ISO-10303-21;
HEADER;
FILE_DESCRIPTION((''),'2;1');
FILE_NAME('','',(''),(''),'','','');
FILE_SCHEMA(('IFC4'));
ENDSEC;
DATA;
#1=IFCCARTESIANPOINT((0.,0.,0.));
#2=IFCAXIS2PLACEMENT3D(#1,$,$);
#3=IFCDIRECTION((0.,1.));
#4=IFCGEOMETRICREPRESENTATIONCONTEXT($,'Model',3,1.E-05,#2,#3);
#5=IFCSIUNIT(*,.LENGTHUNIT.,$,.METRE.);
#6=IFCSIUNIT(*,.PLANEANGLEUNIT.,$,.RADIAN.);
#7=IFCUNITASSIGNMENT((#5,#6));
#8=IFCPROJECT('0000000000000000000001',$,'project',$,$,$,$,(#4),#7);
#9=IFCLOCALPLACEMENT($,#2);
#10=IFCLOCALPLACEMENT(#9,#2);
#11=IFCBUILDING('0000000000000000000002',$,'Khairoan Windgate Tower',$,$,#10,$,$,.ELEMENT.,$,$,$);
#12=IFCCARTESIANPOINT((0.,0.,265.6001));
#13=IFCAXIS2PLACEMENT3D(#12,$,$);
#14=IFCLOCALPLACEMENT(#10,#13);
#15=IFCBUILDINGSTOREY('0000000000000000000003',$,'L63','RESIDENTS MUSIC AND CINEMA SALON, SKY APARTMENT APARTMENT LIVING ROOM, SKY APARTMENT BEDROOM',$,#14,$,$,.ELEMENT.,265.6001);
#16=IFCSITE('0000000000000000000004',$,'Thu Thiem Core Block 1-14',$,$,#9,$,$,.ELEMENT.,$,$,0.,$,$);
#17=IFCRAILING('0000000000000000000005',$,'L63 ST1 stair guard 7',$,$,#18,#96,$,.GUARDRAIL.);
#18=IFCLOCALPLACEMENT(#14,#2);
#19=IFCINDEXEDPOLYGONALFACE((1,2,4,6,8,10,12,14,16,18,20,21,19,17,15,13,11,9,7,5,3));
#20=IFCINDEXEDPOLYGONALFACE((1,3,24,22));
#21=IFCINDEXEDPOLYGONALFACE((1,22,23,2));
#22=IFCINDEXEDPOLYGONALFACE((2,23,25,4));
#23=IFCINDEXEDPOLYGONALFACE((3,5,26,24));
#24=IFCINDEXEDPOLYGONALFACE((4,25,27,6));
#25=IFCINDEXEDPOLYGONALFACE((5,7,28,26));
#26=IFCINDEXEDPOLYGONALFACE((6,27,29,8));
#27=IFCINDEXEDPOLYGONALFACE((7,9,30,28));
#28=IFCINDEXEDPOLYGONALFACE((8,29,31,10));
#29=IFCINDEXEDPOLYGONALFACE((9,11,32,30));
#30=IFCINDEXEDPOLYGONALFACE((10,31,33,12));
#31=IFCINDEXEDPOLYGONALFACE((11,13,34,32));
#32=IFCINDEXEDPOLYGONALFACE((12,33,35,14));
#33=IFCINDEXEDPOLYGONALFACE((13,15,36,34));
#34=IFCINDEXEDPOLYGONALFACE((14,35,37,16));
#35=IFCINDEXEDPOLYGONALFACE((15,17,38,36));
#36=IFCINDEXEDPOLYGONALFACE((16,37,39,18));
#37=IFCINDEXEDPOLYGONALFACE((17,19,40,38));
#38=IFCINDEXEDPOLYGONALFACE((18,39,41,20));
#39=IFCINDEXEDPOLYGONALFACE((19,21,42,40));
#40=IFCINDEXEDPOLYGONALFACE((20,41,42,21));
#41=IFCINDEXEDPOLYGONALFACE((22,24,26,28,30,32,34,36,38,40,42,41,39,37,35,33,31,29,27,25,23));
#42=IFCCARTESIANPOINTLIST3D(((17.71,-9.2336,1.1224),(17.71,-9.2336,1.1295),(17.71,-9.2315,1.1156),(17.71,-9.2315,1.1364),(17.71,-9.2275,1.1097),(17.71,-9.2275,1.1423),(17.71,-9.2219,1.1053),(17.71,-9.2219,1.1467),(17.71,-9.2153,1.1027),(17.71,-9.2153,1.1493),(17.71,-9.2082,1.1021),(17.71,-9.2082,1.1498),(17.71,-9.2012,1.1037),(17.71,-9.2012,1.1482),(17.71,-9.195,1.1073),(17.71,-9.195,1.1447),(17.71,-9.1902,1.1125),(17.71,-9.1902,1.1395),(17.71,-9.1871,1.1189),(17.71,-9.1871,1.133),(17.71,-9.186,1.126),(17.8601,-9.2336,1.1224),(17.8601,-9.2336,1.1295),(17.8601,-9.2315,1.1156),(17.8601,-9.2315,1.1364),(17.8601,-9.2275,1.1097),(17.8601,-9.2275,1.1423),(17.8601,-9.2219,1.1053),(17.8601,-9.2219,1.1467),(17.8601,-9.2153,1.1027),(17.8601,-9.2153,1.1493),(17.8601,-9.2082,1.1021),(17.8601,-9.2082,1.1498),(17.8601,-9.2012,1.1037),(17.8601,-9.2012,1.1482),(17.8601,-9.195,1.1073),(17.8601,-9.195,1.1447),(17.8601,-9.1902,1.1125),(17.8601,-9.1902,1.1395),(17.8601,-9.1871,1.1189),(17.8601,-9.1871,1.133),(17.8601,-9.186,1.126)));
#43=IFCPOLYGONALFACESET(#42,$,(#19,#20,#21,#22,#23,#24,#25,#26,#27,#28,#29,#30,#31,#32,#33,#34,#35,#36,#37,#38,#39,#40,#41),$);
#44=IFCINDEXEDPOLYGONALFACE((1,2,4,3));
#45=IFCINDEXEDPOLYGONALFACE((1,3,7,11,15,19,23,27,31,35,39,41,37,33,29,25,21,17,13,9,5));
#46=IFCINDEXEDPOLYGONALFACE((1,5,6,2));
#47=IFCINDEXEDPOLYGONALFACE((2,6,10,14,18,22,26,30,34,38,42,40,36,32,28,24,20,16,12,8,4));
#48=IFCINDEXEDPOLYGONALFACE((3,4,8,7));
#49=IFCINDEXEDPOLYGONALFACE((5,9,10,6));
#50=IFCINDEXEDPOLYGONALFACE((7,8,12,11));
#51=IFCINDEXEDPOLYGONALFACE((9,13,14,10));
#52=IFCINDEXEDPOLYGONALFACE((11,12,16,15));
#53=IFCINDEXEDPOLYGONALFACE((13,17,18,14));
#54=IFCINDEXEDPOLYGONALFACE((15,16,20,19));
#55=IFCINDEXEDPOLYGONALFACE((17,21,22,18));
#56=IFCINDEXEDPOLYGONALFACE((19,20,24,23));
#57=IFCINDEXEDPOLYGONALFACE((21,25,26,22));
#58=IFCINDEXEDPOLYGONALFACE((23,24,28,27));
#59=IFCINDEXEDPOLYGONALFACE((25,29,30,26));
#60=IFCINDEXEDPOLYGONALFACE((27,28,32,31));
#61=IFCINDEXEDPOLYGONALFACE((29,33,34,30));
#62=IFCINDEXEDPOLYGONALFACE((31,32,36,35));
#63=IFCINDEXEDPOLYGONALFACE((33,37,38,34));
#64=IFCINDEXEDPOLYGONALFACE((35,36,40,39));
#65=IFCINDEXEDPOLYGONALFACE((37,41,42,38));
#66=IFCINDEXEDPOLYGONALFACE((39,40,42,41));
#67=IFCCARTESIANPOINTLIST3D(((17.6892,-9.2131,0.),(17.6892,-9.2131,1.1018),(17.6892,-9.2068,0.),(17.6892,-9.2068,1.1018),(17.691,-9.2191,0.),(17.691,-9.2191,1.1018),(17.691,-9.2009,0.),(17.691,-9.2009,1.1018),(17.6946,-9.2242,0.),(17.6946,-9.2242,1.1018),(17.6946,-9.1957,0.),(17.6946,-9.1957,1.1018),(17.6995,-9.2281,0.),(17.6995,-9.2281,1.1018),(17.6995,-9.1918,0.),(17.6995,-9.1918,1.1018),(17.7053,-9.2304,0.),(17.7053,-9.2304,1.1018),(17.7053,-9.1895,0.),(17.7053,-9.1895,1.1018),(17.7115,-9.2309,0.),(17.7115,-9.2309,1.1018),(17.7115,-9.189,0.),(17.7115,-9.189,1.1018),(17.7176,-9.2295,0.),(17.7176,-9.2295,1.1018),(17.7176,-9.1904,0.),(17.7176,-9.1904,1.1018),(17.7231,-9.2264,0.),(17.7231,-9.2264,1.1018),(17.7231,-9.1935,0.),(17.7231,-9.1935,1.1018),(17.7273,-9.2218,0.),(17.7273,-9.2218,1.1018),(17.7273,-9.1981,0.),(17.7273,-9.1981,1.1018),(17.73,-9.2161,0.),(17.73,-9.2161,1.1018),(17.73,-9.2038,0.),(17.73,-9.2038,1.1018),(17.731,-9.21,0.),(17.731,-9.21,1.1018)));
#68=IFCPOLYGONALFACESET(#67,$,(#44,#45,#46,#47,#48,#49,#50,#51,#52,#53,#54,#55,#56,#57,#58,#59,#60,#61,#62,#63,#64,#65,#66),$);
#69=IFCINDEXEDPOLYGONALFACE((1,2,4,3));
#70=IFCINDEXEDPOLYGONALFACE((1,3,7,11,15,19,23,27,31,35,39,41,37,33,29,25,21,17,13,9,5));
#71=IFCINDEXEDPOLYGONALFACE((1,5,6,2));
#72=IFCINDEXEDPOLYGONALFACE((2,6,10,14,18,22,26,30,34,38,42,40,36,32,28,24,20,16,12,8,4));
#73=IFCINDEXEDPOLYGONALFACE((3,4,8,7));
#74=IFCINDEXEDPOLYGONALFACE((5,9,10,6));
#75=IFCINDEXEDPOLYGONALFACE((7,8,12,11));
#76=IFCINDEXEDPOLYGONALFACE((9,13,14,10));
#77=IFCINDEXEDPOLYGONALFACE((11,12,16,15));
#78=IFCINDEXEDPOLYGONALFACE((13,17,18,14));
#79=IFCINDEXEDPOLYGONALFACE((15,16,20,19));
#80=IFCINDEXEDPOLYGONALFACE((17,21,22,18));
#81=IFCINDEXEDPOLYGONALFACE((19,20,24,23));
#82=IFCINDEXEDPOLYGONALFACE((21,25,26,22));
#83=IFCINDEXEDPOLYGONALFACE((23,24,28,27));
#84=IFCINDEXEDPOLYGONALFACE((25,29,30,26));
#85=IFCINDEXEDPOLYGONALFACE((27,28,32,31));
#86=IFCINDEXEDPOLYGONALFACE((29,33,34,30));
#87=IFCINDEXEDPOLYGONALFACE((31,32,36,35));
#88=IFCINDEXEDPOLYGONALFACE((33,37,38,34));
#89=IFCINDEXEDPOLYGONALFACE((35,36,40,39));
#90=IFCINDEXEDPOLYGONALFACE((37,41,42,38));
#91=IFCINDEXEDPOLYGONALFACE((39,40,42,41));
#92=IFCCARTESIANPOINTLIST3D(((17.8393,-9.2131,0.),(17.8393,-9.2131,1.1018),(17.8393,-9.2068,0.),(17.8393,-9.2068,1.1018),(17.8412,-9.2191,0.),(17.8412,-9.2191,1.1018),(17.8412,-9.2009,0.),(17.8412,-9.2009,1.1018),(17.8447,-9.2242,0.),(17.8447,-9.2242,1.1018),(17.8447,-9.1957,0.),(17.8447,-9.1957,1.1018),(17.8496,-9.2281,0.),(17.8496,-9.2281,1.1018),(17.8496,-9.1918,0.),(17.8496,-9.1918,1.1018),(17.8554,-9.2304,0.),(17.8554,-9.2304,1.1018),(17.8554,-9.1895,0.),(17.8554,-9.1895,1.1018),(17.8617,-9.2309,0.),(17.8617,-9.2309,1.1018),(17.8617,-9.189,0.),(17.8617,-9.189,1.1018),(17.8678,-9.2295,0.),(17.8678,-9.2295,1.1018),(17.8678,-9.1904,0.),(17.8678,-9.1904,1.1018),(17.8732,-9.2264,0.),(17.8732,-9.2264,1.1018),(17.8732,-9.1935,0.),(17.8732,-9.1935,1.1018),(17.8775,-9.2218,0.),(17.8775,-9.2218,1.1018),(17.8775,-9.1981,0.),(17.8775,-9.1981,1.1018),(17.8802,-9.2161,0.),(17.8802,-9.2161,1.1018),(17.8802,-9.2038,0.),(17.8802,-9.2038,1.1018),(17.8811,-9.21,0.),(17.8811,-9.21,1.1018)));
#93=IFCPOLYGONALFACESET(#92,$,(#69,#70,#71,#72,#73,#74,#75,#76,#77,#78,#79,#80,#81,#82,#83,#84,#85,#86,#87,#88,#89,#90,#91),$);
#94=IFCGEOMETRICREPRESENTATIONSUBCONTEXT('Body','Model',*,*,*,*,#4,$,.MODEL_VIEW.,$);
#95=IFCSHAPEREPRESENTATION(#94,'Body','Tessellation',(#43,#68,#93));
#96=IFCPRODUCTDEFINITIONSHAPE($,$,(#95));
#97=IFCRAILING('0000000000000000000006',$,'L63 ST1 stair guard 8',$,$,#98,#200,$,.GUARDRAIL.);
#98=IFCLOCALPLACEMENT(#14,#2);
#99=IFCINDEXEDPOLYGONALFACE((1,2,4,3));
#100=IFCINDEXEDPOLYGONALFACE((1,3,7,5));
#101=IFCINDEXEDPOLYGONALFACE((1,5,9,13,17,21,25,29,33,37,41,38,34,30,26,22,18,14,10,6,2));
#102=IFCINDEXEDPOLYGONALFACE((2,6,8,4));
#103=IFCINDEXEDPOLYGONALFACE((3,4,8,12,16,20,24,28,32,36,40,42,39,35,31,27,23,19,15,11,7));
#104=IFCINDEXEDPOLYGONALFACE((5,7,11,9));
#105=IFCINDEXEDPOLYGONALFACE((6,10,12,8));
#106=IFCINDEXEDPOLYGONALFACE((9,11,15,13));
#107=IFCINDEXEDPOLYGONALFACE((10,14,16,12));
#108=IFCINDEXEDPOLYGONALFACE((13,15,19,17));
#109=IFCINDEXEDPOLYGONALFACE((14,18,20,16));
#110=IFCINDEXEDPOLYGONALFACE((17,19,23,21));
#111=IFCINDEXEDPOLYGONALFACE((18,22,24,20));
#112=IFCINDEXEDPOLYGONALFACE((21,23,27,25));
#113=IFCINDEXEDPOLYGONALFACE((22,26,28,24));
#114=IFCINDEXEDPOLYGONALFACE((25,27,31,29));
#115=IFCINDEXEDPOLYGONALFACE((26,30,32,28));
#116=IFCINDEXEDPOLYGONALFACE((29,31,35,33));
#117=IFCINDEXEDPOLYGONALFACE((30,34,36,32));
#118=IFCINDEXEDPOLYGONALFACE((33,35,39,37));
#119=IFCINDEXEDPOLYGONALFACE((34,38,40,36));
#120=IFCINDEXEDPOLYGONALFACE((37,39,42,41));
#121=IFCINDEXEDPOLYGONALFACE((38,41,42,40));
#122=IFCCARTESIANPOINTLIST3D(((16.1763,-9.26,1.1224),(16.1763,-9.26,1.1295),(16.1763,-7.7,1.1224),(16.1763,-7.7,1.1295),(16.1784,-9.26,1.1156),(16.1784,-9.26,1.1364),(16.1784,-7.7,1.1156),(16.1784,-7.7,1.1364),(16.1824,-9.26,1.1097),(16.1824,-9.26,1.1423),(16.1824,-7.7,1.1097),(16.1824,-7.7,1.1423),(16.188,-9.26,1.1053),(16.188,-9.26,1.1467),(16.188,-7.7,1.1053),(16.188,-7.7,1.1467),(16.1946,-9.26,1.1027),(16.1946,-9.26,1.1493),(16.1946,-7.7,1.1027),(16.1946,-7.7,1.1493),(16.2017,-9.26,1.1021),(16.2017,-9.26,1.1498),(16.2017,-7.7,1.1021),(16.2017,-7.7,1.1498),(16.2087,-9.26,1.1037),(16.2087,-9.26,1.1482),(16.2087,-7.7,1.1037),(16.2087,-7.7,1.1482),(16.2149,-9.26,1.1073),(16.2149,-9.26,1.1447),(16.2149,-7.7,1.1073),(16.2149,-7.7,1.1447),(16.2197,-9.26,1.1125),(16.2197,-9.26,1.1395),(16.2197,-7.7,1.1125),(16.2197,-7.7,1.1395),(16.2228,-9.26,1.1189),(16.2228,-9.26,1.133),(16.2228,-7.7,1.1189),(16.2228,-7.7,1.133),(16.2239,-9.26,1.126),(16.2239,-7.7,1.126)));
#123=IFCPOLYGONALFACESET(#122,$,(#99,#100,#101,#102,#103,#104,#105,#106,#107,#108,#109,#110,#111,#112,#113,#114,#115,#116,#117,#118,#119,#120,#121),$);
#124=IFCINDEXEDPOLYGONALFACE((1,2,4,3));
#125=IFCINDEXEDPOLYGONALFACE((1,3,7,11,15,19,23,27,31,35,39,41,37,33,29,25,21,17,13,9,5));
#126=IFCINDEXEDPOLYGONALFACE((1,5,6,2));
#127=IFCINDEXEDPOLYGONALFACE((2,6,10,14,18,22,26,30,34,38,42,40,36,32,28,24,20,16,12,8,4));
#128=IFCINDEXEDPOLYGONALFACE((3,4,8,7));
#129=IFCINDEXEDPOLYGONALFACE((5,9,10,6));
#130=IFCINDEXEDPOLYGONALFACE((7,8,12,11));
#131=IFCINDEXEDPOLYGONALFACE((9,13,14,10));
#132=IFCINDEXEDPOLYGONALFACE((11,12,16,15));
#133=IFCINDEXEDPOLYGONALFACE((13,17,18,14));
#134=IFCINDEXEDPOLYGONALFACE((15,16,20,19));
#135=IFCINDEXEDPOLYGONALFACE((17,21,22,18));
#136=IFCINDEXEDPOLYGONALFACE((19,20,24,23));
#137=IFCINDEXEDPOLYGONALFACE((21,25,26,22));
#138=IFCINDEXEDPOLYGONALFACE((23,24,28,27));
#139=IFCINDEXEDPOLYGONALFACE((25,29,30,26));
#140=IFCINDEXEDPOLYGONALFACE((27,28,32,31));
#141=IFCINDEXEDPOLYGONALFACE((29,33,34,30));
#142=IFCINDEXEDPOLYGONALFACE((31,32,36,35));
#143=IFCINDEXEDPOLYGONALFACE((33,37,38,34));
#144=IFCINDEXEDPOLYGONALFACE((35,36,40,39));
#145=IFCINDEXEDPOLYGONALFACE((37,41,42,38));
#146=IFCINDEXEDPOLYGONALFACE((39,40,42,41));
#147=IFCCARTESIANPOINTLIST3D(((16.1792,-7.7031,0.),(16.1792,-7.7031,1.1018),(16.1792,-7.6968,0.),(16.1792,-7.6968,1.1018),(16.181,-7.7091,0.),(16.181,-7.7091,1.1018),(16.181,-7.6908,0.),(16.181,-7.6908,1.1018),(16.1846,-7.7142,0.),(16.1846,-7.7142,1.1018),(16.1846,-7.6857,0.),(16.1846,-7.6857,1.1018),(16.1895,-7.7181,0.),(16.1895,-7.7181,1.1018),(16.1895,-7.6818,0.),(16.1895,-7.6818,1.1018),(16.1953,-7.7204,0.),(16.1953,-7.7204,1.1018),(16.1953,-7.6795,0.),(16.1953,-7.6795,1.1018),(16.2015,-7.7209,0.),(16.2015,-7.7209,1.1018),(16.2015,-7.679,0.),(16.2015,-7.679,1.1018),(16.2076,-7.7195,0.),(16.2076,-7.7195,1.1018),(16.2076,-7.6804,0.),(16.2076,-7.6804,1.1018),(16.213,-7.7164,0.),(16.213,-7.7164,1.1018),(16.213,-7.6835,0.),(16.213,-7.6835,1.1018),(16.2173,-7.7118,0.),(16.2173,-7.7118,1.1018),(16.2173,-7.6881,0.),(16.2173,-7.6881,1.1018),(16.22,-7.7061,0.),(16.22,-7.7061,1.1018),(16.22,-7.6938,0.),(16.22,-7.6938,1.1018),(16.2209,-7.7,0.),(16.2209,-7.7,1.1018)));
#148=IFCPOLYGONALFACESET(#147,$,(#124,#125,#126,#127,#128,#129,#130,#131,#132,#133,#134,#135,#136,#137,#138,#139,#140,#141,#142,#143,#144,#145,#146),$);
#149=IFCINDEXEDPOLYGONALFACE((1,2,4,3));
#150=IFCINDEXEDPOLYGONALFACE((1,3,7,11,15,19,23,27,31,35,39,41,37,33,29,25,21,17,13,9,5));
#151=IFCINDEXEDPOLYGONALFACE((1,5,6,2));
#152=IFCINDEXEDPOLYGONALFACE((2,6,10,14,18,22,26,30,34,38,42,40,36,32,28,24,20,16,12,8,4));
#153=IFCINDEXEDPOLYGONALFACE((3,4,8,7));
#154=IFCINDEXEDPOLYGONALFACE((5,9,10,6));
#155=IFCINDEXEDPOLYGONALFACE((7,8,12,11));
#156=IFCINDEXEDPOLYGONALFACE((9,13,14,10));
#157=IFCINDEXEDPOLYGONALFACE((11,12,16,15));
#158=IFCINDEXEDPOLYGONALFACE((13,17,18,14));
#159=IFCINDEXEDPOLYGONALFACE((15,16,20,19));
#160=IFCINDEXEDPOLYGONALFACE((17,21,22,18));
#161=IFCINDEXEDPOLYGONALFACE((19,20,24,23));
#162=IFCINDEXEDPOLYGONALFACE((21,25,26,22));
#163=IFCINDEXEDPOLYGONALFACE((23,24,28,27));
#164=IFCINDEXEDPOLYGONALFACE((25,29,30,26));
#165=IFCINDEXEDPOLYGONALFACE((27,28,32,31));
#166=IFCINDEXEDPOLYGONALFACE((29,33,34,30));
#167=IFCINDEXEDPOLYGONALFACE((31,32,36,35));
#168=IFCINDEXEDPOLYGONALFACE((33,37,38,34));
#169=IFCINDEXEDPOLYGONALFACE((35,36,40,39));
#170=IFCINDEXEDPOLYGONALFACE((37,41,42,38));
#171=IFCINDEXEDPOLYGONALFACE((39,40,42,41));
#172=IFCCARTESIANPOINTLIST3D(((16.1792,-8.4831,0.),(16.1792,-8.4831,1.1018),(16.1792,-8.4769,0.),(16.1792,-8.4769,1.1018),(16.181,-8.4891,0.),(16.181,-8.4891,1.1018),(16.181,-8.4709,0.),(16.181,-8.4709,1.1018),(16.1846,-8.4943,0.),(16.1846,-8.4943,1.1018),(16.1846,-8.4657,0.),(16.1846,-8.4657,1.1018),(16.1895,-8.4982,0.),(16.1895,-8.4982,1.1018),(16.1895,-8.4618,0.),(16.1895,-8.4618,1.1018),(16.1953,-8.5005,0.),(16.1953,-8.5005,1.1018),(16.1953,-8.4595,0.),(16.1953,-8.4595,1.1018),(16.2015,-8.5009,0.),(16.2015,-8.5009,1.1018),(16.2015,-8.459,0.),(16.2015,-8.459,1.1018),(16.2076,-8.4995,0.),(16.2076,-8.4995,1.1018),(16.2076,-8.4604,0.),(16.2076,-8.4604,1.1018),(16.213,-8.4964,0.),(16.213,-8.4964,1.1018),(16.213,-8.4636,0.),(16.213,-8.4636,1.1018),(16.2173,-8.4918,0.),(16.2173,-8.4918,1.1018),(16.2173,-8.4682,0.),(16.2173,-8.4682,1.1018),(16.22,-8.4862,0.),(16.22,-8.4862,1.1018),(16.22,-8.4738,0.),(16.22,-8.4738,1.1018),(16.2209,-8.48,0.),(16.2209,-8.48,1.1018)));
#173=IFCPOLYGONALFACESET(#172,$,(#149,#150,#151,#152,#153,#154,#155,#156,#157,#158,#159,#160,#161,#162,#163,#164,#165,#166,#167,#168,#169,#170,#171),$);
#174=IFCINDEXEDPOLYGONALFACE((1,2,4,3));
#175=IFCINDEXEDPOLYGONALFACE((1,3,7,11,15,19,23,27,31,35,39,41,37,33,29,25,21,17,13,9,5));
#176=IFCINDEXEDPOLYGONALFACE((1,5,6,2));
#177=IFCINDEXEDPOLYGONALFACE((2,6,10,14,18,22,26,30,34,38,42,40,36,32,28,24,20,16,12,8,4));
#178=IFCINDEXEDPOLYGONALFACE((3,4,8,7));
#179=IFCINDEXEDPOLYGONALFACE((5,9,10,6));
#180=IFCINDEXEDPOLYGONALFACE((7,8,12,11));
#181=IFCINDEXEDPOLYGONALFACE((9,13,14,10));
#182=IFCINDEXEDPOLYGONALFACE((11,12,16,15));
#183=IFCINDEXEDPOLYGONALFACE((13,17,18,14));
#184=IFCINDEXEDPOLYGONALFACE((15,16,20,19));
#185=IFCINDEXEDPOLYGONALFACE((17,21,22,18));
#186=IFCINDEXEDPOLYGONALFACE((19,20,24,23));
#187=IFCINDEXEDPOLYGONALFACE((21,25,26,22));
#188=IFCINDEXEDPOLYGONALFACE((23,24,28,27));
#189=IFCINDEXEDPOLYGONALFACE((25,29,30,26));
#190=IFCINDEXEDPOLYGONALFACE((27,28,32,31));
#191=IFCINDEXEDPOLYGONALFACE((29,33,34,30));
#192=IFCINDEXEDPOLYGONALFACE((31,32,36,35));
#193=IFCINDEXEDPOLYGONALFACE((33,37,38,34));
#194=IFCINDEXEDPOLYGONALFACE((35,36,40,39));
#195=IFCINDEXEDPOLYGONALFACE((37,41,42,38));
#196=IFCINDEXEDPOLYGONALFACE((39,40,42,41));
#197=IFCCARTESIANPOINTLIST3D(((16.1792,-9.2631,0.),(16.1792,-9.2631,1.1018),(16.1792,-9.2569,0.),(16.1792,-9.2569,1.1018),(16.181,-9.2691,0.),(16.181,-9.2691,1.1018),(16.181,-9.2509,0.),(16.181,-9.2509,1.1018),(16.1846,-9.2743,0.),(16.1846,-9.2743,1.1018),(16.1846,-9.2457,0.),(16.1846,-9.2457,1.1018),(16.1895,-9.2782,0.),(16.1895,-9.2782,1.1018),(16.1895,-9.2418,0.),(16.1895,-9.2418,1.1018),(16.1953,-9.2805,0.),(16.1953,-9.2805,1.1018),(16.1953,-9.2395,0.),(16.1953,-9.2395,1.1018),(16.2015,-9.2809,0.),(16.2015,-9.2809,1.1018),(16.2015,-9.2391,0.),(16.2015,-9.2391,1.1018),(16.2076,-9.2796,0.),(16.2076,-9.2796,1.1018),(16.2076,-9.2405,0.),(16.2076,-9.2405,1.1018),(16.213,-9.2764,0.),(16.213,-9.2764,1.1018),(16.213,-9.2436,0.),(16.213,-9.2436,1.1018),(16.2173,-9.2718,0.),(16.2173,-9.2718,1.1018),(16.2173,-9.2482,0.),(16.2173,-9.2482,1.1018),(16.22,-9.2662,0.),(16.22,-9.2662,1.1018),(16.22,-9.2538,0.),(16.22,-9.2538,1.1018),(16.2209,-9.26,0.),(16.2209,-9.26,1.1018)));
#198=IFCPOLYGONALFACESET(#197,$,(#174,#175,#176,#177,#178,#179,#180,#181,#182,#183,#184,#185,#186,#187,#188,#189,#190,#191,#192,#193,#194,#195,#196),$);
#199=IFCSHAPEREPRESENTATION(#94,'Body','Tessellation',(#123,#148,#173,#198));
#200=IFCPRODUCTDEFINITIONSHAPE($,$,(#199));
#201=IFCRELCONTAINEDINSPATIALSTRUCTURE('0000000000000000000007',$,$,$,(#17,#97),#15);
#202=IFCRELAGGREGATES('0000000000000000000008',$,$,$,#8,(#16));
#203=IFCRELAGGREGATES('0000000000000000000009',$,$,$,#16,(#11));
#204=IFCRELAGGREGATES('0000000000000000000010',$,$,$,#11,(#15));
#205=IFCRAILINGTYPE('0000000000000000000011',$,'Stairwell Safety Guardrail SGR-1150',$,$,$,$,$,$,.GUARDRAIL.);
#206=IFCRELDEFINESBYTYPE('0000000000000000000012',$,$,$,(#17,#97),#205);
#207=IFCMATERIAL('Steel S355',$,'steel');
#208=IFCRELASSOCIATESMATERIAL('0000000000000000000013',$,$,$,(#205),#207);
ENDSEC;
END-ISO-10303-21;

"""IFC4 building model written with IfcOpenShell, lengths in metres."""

from ifc_helpers import new_model, si_unit, direction, frame, origin, origin_2d, place, context, subcontext, project, spatial, circle, extrude, material, type_object, element, save


model = new_model("IFC4")

# Units and contexts
model_context = context("Model", 3, precision=1e-05, world=origin(), true_north=direction((0.0, 1.0)))
body_context = subcontext(model_context, "Body", "Model", "MODEL_VIEW")
ifc_project = project(units=[si_unit("LENGTHUNIT", "METRE"), si_unit("PLANEANGLEUNIT", "RADIAN")], contexts=[model_context])

# Site, building, storey
site_placement = place(None, origin())
site = spatial("IfcSite", under=ifc_project, at=site_placement, Name="Thu Thiem Core Block 1-14", CompositionType="ELEMENT", RefElevation=0.0)
building_placement = place(site_placement, origin())
building = spatial("IfcBuilding", under=site, at=building_placement, Name="Khairoan Windgate Tower", CompositionType="ELEMENT")
storey_placement = place(building_placement, frame((0.0, 0.0, 265.6001)))
storey = spatial("IfcBuildingStorey", under=building, at=storey_placement, Name="L63", Description="RESIDENTS MUSIC AND CINEMA SALON, SKY APARTMENT APARTMENT LIVING ROOM, SKY APARTMENT BEDROOM", CompositionType="ELEMENT", Elevation=265.6001)

# Railings
ifc_material_1 = material(Name="Steel S355", Category="steel")
railing_type_1 = type_object("IfcRailingType", Name="Stairwell Safety Guardrail SGR-1150", PredefinedType="GUARDRAIL", material=ifc_material_1)
railing_1_placement = place(storey_placement, frame((17.71, -9.21, 0.0)))
element("IfcRailing", 1, at=railing_1_placement, inside=storey, type_object=railing_type_1, Name="L63 ST1 stair guard 7", PredefinedType="GUARDRAIL", context=body_context, shape_type="SweptSolid", body=[
    extrude(circle(Radius=0.0239, at=origin_2d()), frame((0.0, 0.0, 1.126), z_axis=(1.0, 0.0, 0.0), x_axis=(0.0, 1.0, 0.0)), (0.0, 0.0, 1.0), 0.1501),
    extrude(circle(Radius=0.021, at=origin_2d()), origin(), (0.0, 0.0, 1.0), 1.1018),
    extrude(circle(Radius=0.021, at=origin_2d()), frame((0.1501, 0.0, 0.0)), (0.0, 0.0, 1.0), 1.1018),
])
for number, where, name in (
    (2, (16.2, -7.7, 0.0), "L63 ST1 stair guard 8"),
):
    element("IfcRailing", number, at=place(storey_placement, frame(where)), inside=storey, type_object=railing_type_1, Name=name, PredefinedType="GUARDRAIL", context=body_context, shape_type="SweptSolid", body=[
        extrude(circle(Radius=0.0239, at=origin_2d()), frame((0.0, 0.0, 1.126), z_axis=(0.0, -1.0, 0.0), x_axis=(1.0, 0.0, 0.0)), (0.0, 0.0, 1.0), 1.5601),
        extrude(circle(Radius=0.021, at=origin_2d()), origin(), (0.0, 0.0, 1.0), 1.1018),
        extrude(circle(Radius=0.021, at=origin_2d()), frame((0.0, -0.78, 0.0)), (0.0, 0.0, 1.0), 1.1018),
        extrude(circle(Radius=0.021, at=origin_2d()), frame((0.0, -1.5601, 0.0)), (0.0, 0.0, 1.0), 1.1018),
    ])

save(model, "model.ifc")
